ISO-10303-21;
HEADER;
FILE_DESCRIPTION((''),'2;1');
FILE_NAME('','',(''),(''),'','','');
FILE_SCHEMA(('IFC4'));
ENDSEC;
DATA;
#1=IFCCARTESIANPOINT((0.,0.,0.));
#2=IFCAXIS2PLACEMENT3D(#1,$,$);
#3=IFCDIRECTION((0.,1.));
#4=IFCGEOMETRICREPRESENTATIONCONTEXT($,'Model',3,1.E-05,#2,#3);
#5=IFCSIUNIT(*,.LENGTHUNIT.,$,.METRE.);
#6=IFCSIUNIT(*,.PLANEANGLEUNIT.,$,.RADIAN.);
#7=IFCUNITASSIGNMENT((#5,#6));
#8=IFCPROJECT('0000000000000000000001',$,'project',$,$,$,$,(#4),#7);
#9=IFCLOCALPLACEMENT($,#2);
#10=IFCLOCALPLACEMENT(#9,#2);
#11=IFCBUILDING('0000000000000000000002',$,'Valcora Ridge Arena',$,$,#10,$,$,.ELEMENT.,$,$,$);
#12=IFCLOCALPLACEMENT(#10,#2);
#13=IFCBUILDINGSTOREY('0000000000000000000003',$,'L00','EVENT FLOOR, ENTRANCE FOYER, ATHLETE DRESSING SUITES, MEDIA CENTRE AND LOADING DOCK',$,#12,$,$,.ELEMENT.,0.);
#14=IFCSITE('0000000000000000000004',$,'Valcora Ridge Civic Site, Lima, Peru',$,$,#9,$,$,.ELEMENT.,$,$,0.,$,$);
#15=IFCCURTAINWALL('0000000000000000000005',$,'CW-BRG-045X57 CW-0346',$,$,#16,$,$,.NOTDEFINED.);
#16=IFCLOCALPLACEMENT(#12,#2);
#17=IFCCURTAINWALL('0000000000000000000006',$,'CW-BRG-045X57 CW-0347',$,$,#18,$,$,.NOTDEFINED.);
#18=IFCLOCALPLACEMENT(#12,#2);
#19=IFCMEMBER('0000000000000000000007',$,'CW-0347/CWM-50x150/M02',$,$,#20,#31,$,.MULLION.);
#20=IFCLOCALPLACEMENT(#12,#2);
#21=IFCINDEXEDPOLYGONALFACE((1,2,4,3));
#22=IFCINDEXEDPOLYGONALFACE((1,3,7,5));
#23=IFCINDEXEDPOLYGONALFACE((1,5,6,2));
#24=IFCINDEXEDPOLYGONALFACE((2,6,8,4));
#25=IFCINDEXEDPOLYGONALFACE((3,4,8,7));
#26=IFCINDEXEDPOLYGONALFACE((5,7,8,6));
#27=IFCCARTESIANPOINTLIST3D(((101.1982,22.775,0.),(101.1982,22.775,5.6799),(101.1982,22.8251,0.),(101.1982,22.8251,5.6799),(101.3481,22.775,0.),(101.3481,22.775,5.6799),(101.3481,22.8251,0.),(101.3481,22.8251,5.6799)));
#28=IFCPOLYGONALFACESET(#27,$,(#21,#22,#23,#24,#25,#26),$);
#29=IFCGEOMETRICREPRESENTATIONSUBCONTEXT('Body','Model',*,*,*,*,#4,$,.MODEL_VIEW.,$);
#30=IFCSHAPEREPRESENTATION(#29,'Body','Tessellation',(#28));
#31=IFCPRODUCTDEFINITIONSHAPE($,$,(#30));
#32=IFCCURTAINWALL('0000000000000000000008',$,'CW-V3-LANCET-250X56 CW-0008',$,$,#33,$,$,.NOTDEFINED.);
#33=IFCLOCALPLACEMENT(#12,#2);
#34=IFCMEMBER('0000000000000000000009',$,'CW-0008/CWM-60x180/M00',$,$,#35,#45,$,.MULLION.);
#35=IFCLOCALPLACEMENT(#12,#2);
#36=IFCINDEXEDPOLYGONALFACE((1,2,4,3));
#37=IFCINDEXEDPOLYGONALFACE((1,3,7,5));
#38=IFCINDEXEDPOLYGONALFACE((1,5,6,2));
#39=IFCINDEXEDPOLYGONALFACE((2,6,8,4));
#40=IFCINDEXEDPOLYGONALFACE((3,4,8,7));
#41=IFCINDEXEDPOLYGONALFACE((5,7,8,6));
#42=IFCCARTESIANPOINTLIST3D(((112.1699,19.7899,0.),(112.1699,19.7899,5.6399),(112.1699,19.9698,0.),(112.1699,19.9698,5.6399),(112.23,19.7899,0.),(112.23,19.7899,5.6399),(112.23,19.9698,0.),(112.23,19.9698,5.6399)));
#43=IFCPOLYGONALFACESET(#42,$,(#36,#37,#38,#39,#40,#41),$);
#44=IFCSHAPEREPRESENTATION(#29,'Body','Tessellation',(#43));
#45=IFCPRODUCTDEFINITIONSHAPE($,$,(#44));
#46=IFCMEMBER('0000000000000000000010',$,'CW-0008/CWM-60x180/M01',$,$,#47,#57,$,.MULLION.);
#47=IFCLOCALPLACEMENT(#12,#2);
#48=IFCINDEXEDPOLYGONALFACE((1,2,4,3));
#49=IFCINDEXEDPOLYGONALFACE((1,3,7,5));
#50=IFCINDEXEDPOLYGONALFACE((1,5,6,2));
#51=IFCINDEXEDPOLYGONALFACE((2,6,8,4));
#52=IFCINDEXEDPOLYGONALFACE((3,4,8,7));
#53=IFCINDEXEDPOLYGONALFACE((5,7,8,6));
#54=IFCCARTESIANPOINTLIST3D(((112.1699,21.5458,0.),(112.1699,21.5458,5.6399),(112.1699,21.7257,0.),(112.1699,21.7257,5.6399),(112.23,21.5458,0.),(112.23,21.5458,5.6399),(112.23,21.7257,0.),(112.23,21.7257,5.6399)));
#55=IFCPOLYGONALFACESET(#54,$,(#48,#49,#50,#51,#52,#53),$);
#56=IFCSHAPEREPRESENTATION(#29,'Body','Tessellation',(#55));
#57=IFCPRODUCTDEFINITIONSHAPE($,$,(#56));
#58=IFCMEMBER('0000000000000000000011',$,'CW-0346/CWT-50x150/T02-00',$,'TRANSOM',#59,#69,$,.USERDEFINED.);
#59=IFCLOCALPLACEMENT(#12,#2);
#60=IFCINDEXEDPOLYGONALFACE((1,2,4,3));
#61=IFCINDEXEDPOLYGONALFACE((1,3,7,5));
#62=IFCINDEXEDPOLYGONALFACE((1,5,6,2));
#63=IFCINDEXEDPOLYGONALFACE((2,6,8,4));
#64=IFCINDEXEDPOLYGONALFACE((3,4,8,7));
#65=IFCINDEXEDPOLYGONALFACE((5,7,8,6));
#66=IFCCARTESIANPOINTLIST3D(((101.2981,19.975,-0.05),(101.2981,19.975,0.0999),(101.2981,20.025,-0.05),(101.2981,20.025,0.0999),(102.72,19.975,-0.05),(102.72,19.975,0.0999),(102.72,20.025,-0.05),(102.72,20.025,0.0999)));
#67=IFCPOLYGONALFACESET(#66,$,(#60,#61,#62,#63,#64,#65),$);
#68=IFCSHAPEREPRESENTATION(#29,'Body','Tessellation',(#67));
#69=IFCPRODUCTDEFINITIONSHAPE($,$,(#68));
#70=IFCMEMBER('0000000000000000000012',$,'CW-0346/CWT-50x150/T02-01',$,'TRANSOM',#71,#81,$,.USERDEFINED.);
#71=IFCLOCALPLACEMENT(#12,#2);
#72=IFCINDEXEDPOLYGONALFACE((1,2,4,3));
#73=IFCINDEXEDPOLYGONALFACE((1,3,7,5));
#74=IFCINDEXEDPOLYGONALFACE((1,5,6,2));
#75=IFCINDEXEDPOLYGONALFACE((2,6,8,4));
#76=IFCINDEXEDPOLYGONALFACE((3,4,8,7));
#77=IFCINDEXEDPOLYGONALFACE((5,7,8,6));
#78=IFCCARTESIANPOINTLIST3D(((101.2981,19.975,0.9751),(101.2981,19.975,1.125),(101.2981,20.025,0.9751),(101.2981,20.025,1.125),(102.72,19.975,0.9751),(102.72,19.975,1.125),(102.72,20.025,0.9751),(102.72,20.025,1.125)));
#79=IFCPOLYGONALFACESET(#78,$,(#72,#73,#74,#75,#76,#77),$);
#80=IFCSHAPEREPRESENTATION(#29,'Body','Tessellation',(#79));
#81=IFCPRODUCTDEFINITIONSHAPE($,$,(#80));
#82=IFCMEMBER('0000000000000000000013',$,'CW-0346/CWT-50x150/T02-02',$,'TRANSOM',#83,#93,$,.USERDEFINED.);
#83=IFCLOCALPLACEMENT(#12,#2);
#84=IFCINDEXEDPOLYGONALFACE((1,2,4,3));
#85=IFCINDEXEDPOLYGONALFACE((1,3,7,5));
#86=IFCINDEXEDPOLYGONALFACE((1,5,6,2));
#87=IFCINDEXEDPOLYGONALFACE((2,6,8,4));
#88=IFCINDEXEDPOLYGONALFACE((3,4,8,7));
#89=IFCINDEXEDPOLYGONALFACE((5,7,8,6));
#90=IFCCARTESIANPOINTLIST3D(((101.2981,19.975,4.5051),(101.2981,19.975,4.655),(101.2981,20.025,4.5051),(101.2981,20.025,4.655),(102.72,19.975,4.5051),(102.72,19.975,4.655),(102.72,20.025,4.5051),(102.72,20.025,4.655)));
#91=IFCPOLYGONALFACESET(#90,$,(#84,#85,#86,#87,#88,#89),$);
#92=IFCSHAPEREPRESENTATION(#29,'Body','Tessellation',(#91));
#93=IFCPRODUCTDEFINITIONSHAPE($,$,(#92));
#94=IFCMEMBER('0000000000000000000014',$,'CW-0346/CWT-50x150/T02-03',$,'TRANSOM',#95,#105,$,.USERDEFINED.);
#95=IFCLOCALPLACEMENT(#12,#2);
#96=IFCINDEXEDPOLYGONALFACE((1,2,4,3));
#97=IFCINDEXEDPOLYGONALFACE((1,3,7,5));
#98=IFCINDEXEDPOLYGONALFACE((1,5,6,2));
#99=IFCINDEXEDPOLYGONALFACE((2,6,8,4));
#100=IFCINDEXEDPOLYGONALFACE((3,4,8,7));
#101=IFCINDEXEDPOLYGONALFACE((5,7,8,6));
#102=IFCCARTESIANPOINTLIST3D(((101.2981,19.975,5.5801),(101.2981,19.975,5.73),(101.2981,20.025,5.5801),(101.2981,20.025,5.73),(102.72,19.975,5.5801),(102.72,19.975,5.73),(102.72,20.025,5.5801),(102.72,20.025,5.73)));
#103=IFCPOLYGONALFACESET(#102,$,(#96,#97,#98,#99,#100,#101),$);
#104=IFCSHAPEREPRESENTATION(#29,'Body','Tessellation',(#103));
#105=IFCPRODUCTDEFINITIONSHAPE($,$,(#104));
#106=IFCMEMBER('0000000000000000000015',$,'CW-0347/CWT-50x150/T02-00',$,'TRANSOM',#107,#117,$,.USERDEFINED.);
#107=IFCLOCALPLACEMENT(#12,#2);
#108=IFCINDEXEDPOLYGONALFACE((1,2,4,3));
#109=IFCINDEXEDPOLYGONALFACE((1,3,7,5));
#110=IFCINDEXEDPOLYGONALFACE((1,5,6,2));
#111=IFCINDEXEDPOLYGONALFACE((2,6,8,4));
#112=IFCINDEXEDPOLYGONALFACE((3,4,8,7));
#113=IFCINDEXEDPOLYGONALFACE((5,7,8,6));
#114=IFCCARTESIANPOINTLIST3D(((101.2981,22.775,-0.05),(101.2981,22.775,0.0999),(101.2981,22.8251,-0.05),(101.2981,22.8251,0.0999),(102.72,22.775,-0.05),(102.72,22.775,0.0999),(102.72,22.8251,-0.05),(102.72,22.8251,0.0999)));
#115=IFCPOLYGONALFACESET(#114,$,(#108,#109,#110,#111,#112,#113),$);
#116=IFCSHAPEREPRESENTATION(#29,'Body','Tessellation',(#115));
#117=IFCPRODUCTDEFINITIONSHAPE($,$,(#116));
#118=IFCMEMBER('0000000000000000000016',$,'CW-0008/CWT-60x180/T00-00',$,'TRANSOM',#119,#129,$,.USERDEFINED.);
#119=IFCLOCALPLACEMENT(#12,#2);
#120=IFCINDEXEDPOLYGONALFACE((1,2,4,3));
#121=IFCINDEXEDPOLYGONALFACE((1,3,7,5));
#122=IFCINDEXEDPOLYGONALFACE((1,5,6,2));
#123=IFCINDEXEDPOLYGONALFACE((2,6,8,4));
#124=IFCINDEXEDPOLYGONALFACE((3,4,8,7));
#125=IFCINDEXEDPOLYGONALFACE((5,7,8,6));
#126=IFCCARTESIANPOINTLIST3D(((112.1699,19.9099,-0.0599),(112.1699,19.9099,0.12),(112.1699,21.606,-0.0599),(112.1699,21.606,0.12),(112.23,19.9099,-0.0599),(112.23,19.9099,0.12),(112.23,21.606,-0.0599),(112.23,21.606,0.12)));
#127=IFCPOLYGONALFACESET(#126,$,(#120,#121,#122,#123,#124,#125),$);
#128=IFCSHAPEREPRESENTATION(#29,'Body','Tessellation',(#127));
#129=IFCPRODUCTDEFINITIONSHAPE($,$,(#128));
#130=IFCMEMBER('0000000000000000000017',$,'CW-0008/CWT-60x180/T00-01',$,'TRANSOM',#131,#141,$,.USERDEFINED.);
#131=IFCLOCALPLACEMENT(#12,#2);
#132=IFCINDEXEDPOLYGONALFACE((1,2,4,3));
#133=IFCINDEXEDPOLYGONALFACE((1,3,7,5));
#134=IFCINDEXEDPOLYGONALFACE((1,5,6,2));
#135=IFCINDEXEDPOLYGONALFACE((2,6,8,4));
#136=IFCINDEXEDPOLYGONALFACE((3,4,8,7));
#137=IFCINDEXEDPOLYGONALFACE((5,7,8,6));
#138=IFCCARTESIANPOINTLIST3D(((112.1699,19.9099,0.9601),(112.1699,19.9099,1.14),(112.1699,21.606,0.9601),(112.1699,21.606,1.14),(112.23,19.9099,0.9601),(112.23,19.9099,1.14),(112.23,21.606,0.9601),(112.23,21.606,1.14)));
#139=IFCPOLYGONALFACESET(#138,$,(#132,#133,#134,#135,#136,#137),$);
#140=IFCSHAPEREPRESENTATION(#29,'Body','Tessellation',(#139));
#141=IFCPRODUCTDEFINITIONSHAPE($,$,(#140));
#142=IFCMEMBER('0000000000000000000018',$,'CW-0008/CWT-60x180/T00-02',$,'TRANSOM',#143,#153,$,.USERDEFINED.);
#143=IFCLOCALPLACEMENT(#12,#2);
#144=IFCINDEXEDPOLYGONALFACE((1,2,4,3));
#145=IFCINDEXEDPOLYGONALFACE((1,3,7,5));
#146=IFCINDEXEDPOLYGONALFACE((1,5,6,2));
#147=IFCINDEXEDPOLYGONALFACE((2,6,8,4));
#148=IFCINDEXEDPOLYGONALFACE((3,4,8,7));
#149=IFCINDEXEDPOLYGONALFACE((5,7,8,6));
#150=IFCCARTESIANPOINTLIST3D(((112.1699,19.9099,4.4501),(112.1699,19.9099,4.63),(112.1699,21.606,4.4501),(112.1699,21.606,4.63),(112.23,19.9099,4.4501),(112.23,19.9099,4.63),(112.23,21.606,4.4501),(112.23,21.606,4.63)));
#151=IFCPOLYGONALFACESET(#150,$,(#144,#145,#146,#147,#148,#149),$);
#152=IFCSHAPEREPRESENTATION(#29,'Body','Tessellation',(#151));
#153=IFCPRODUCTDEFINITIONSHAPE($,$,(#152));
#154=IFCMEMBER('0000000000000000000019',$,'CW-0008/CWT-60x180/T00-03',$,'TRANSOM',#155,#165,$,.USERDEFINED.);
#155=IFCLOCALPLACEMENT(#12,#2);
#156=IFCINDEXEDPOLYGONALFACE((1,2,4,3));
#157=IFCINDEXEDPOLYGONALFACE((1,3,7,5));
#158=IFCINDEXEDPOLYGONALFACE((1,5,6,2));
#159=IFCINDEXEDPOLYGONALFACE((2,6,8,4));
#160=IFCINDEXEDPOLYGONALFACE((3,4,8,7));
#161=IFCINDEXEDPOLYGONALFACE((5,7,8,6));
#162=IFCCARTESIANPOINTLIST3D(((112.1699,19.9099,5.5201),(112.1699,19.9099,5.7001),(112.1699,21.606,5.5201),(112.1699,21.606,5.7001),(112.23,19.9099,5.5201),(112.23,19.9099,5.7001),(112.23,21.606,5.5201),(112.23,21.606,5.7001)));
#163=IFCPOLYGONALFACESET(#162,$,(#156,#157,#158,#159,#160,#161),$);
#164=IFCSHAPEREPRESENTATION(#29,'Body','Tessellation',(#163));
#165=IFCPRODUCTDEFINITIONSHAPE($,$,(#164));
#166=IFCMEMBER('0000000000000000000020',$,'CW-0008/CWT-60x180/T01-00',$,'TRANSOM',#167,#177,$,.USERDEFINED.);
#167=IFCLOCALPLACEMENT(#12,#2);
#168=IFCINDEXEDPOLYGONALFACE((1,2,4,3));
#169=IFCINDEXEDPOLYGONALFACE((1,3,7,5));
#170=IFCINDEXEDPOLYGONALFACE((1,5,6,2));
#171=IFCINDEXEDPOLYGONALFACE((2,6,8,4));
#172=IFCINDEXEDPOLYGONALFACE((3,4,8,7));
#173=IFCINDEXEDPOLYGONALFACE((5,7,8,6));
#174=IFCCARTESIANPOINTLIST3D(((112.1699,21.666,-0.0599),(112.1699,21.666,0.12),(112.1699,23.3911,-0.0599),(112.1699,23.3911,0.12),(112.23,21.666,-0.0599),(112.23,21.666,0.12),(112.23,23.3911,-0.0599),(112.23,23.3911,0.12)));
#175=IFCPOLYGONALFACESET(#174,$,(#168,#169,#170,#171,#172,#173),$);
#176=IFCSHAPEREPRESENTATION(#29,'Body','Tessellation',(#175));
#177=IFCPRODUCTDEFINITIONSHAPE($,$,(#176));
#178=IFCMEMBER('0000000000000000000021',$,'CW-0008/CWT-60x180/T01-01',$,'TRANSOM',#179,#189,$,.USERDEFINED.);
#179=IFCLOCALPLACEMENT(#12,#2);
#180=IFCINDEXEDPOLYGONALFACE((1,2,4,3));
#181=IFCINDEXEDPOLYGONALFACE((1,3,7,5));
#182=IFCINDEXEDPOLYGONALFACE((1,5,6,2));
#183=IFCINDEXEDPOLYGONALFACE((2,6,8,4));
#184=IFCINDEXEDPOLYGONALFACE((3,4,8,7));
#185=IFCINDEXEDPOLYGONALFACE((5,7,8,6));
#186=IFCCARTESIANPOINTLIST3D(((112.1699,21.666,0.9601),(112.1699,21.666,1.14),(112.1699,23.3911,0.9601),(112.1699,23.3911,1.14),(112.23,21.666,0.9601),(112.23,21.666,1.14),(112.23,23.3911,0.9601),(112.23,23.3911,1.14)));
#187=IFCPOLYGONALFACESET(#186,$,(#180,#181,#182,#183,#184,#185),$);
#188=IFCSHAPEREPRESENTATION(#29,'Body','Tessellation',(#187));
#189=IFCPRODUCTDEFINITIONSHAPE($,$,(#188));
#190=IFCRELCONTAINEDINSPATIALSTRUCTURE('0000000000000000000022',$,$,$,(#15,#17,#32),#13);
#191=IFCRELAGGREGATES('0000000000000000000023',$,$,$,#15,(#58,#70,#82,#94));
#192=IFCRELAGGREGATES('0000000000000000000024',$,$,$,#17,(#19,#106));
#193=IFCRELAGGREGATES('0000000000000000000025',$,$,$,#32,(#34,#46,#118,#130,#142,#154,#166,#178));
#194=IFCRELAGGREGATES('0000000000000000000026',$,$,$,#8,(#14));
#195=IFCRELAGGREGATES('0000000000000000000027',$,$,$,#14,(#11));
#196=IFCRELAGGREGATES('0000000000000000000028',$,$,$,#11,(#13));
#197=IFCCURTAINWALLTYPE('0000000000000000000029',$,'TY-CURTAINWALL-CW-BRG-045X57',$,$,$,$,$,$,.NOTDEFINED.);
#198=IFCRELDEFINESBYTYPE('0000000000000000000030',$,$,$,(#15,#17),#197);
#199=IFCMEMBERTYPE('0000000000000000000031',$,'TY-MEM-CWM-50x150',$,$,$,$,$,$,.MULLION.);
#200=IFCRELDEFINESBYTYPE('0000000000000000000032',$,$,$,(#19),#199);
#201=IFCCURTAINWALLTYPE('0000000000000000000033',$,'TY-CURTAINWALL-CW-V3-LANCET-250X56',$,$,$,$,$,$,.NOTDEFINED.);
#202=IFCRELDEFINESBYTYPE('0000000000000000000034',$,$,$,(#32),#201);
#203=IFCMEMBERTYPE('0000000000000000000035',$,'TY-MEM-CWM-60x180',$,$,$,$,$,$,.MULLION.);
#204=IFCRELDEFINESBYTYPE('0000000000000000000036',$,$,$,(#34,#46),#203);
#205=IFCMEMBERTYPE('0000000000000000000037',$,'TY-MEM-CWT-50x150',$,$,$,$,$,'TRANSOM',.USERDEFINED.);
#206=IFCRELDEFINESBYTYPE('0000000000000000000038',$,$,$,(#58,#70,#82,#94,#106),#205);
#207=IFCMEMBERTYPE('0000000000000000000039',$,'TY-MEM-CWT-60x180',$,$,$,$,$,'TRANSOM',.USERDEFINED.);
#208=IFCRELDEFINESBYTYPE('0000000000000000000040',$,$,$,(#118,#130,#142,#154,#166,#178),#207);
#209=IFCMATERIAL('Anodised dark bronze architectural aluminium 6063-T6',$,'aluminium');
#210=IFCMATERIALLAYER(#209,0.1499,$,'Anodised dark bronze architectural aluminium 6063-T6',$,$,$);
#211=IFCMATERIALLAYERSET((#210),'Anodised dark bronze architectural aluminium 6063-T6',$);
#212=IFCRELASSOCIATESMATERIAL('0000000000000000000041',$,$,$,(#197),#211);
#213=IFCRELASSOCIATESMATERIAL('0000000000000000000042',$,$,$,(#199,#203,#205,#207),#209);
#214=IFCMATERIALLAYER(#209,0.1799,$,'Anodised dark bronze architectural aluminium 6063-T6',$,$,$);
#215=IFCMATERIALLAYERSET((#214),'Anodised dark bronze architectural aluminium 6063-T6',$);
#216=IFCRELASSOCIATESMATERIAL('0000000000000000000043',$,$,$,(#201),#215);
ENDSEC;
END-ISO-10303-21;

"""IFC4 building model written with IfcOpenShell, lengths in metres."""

from ifc_helpers import new_model, si_unit, direction, frame, origin, origin_2d, place, context, subcontext, project, spatial, rectangle, extrude, material, layer, layer_set, material_profile, profile_set, type_object, element, aggregate, save


model = new_model("IFC4")

# Units and contexts
model_context = context("Model", 3, precision=1e-05, world=origin(), true_north=direction((0.0, 1.0)))
body_context = subcontext(model_context, "Body", "Model", "MODEL_VIEW")
ifc_project = project(units=[si_unit("LENGTHUNIT", "METRE"), si_unit("PLANEANGLEUNIT", "RADIAN")], contexts=[model_context])

# Site, building, storey
site_placement = place(None, origin())
site = spatial("IfcSite", under=ifc_project, at=site_placement, Name="Valcora Ridge Civic Site, Lima, Peru", CompositionType="ELEMENT", RefElevation=0.0)
building_placement = place(site_placement, origin())
building = spatial("IfcBuilding", under=site, at=building_placement, Name="Valcora Ridge Arena", CompositionType="ELEMENT")
storey_placement = place(building_placement, origin())
storey = spatial("IfcBuildingStorey", under=building, at=storey_placement, Name="L00", Description="EVENT FLOOR, ENTRANCE FOYER, ATHLETE DRESSING SUITES, MEDIA CENTRE AND LOADING DOCK", CompositionType="ELEMENT", Elevation=0.0)

# Curtain wall
ifc_material_1 = material(Name="Anodised dark bronze architectural aluminium 6063-T6", Category="aluminium")
ifc_layer_1 = layer(ifc_material_1, 0.1499, Name="Anodised dark bronze architectural aluminium 6063-T6")
ifc_layer_set_1 = layer_set([ifc_layer_1], Name="Anodised dark bronze architectural aluminium 6063-T6")
curtain_wall_type_1 = type_object("IfcCurtainWallType", Name="TY-CURTAINWALL-CW-BRG-045X57", PredefinedType="NOTDEFINED", material=ifc_layer_set_1)
curtain_wall_1_placement = place(storey_placement, origin())
curtain_wall_1 = element("IfcCurtainWall", 1, at=curtain_wall_1_placement, inside=storey, type_object=curtain_wall_type_1, Name="CW-BRG-045X57 CW-0346", PredefinedType="NOTDEFINED")
ifc_material_profile_1 = material_profile(ifc_material_1, rectangle(XDim=0.05, YDim=0.1499, at=origin_2d()), Name="ALU MULLION 50x150")
ifc_profile_set_1 = profile_set([ifc_material_profile_1], Name="Anodised dark bronze architectural aluminium 6063-T6")
member_type_1 = type_object("IfcMemberType", Name="TY-MEM-CWM-50x150", PredefinedType="MULLION", material=ifc_profile_set_1)

# Curtain wall, member
curtain_wall_2_placement = place(storey_placement, origin())
curtain_wall_2 = element("IfcCurtainWall", 2, at=curtain_wall_2_placement, inside=storey, type_object=curtain_wall_type_1, Name="CW-BRG-045X57 CW-0347", PredefinedType="NOTDEFINED")
member_1_placement = place(storey_placement, frame((101.2732, 22.8, 0.0), z_axis=(0.0, 0.0, 1.0), x_axis=(0.0, 1.0, 0.0)))
member_1 = element("IfcMember", 3, at=member_1_placement, type_object=member_type_1, Name="CW-0347/CWM-50x150/M02", PredefinedType="MULLION", context=body_context, shape_type="SweptSolid", body=[
    extrude(rectangle(XDim=0.05, YDim=0.1499, at=origin_2d()), origin(), (0.0, 0.0, 1.0), 5.6799),
])

# Curtain wall, members
ifc_layer_2 = layer(ifc_material_1, 0.1799, Name="Anodised dark bronze architectural aluminium 6063-T6")
ifc_layer_set_2 = layer_set([ifc_layer_2], Name="Anodised dark bronze architectural aluminium 6063-T6")
curtain_wall_type_2 = type_object("IfcCurtainWallType", Name="TY-CURTAINWALL-CW-V3-LANCET-250X56", PredefinedType="NOTDEFINED", material=ifc_layer_set_2)
curtain_wall_3_placement = place(storey_placement, origin())
curtain_wall_3 = element("IfcCurtainWall", 4, at=curtain_wall_3_placement, inside=storey, type_object=curtain_wall_type_2, Name="CW-V3-LANCET-250X56 CW-0008", PredefinedType="NOTDEFINED")
ifc_material_profile_2 = material_profile(ifc_material_1, rectangle(XDim=0.0601, YDim=0.1799, at=origin_2d()), Name="ALU MULLION 60x180")
ifc_profile_set_2 = profile_set([ifc_material_profile_2], Name="Anodised dark bronze architectural aluminium 6063-T6")
member_type_2 = type_object("IfcMemberType", Name="TY-MEM-CWM-60x180", PredefinedType="MULLION", material=ifc_profile_set_2)
member_2_placement = place(storey_placement, frame((112.2, 19.8799, 0.0), z_axis=(0.0, 0.0, 1.0), x_axis=(-1.0, 0.0, 0.0)))
member_2 = element("IfcMember", 5, at=member_2_placement, type_object=member_type_2, Name="CW-0008/CWM-60x180/M00", PredefinedType="MULLION", context=body_context, shape_type="SweptSolid", body=[
    extrude(rectangle(XDim=0.0601, YDim=0.1799, at=origin_2d()), origin(), (0.0, 0.0, 1.0), 5.6399),
])
member_3_placement = place(storey_placement, frame((112.2, 21.6357, 0.0), z_axis=(0.0, 0.0, 1.0), x_axis=(-1.0, 0.0, 0.0)))
member_3 = element("IfcMember", 6, at=member_3_placement, type_object=member_type_2, Name="CW-0008/CWM-60x180/M01", PredefinedType="MULLION", context=body_context, shape_type="SweptSolid", body=[
    extrude(rectangle(XDim=0.0601, YDim=0.1799, at=origin_2d()), origin(), (0.0, 0.0, 1.0), 5.6399),
])

# Members
ifc_material_profile_3 = material_profile(ifc_material_1, rectangle(XDim=0.05, YDim=0.1499, at=origin_2d()), Name="ALU TRANSOM 50x150")
ifc_profile_set_3 = profile_set([ifc_material_profile_3], Name="Anodised dark bronze architectural aluminium 6063-T6")
member_type_3 = type_object("IfcMemberType", Name="TY-MEM-CWT-50x150", ElementType="TRANSOM", PredefinedType="USERDEFINED", material=ifc_profile_set_3)
member_4_placement = place(storey_placement, frame((101.2981, 20.0, 0.0249), z_axis=(1.0, 0.0, 0.0), x_axis=(0.0, 1.0, 0.0)))
member_4 = element("IfcMember", 7, at=member_4_placement, type_object=member_type_3, Name="CW-0346/CWT-50x150/T02-00", ObjectType="TRANSOM", PredefinedType="USERDEFINED", context=body_context, shape_type="SweptSolid", body=[
    extrude(rectangle(XDim=0.05, YDim=0.1499, at=origin_2d()), origin(), (0.0, 0.0, 1.0), 1.4219),
])
member_5_placement = place(storey_placement, frame((101.2981, 20.0, 1.05), z_axis=(1.0, 0.0, 0.0), x_axis=(0.0, 1.0, 0.0)))
member_5 = element("IfcMember", 8, at=member_5_placement, type_object=member_type_3, Name="CW-0346/CWT-50x150/T02-01", ObjectType="TRANSOM", PredefinedType="USERDEFINED", context=body_context, shape_type="SweptSolid", body=[
    extrude(rectangle(XDim=0.05, YDim=0.1499, at=origin_2d()), origin(), (0.0, 0.0, 1.0), 1.4219),
])
member_6_placement = place(storey_placement, frame((101.2981, 20.0, 4.5801), z_axis=(1.0, 0.0, 0.0), x_axis=(0.0, 1.0, 0.0)))
member_6 = element("IfcMember", 9, at=member_6_placement, type_object=member_type_3, Name="CW-0346/CWT-50x150/T02-02", ObjectType="TRANSOM", PredefinedType="USERDEFINED", context=body_context, shape_type="SweptSolid", body=[
    extrude(rectangle(XDim=0.05, YDim=0.1499, at=origin_2d()), origin(), (0.0, 0.0, 1.0), 1.4219),
])
member_7_placement = place(storey_placement, frame((101.2981, 20.0, 5.655), z_axis=(1.0, 0.0, 0.0), x_axis=(0.0, 1.0, 0.0)))
member_7 = element("IfcMember", 10, at=member_7_placement, type_object=member_type_3, Name="CW-0346/CWT-50x150/T02-03", ObjectType="TRANSOM", PredefinedType="USERDEFINED", context=body_context, shape_type="SweptSolid", body=[
    extrude(rectangle(XDim=0.05, YDim=0.1499, at=origin_2d()), origin(), (0.0, 0.0, 1.0), 1.4219),
])
member_8_placement = place(storey_placement, frame((101.2981, 22.8, 0.0249), z_axis=(1.0, 0.0, 0.0), x_axis=(0.0, 1.0, 0.0)))
member_8 = element("IfcMember", 11, at=member_8_placement, type_object=member_type_3, Name="CW-0347/CWT-50x150/T02-00", ObjectType="TRANSOM", PredefinedType="USERDEFINED", context=body_context, shape_type="SweptSolid", body=[
    extrude(rectangle(XDim=0.05, YDim=0.1499, at=origin_2d()), origin(), (0.0, 0.0, 1.0), 1.4219),
])
ifc_material_profile_4 = material_profile(ifc_material_1, rectangle(XDim=0.0601, YDim=0.1799, at=origin_2d()), Name="ALU TRANSOM 60x180")
ifc_profile_set_4 = profile_set([ifc_material_profile_4], Name="Anodised dark bronze architectural aluminium 6063-T6")
member_type_4 = type_object("IfcMemberType", Name="TY-MEM-CWT-60x180", ElementType="TRANSOM", PredefinedType="USERDEFINED", material=ifc_profile_set_4)
member_9_placement = place(storey_placement, frame((112.2, 19.9099, 0.03), z_axis=(0.0, 1.0, 0.0), x_axis=(-1.0, 0.0, 0.0)))
member_9 = element("IfcMember", 12, at=member_9_placement, type_object=member_type_4, Name="CW-0008/CWT-60x180/T00-00", ObjectType="TRANSOM", PredefinedType="USERDEFINED", context=body_context, shape_type="SweptSolid", body=[
    extrude(rectangle(XDim=0.0601, YDim=0.1799, at=origin_2d()), origin(), (0.0, 0.0, 1.0), 1.696),
])
member_10_placement = place(storey_placement, frame((112.2, 19.9099, 1.05), z_axis=(0.0, 1.0, 0.0), x_axis=(-1.0, 0.0, 0.0)))
member_10 = element("IfcMember", 13, at=member_10_placement, type_object=member_type_4, Name="CW-0008/CWT-60x180/T00-01", ObjectType="TRANSOM", PredefinedType="USERDEFINED", context=body_context, shape_type="SweptSolid", body=[
    extrude(rectangle(XDim=0.0601, YDim=0.1799, at=origin_2d()), origin(), (0.0, 0.0, 1.0), 1.696),
])
member_11_placement = place(storey_placement, frame((112.2, 19.9099, 4.54), z_axis=(0.0, 1.0, 0.0), x_axis=(-1.0, 0.0, 0.0)))
member_11 = element("IfcMember", 14, at=member_11_placement, type_object=member_type_4, Name="CW-0008/CWT-60x180/T00-02", ObjectType="TRANSOM", PredefinedType="USERDEFINED", context=body_context, shape_type="SweptSolid", body=[
    extrude(rectangle(XDim=0.0601, YDim=0.1799, at=origin_2d()), origin(), (0.0, 0.0, 1.0), 1.696),
])
member_12_placement = place(storey_placement, frame((112.2, 19.9099, 5.6101), z_axis=(0.0, 1.0, 0.0), x_axis=(-1.0, 0.0, 0.0)))
member_12 = element("IfcMember", 15, at=member_12_placement, type_object=member_type_4, Name="CW-0008/CWT-60x180/T00-03", ObjectType="TRANSOM", PredefinedType="USERDEFINED", context=body_context, shape_type="SweptSolid", body=[
    extrude(rectangle(XDim=0.0601, YDim=0.1799, at=origin_2d()), origin(), (0.0, 0.0, 1.0), 1.696),
])
member_13_placement = place(storey_placement, frame((112.2, 21.666, 0.03), z_axis=(0.0, 1.0, 0.0), x_axis=(-1.0, 0.0, 0.0)))
member_13 = element("IfcMember", 16, at=member_13_placement, type_object=member_type_4, Name="CW-0008/CWT-60x180/T01-00", ObjectType="TRANSOM", PredefinedType="USERDEFINED", context=body_context, shape_type="SweptSolid", body=[
    extrude(rectangle(XDim=0.0601, YDim=0.1799, at=origin_2d()), origin(), (0.0, 0.0, 1.0), 1.7251),
])
member_14_placement = place(storey_placement, frame((112.2, 21.666, 1.05), z_axis=(0.0, 1.0, 0.0), x_axis=(-1.0, 0.0, 0.0)))
member_14 = element("IfcMember", 17, at=member_14_placement, type_object=member_type_4, Name="CW-0008/CWT-60x180/T01-01", ObjectType="TRANSOM", PredefinedType="USERDEFINED", context=body_context, shape_type="SweptSolid", body=[
    extrude(rectangle(XDim=0.0601, YDim=0.1799, at=origin_2d()), origin(), (0.0, 0.0, 1.0), 1.7251),
])

aggregate(curtain_wall_1, [member_4, member_5, member_6, member_7])
aggregate(curtain_wall_2, [member_1, member_8])
aggregate(curtain_wall_3, [member_2, member_3, member_9, member_10, member_11, member_12, member_13, member_14])

save(model, "model.ifc")
